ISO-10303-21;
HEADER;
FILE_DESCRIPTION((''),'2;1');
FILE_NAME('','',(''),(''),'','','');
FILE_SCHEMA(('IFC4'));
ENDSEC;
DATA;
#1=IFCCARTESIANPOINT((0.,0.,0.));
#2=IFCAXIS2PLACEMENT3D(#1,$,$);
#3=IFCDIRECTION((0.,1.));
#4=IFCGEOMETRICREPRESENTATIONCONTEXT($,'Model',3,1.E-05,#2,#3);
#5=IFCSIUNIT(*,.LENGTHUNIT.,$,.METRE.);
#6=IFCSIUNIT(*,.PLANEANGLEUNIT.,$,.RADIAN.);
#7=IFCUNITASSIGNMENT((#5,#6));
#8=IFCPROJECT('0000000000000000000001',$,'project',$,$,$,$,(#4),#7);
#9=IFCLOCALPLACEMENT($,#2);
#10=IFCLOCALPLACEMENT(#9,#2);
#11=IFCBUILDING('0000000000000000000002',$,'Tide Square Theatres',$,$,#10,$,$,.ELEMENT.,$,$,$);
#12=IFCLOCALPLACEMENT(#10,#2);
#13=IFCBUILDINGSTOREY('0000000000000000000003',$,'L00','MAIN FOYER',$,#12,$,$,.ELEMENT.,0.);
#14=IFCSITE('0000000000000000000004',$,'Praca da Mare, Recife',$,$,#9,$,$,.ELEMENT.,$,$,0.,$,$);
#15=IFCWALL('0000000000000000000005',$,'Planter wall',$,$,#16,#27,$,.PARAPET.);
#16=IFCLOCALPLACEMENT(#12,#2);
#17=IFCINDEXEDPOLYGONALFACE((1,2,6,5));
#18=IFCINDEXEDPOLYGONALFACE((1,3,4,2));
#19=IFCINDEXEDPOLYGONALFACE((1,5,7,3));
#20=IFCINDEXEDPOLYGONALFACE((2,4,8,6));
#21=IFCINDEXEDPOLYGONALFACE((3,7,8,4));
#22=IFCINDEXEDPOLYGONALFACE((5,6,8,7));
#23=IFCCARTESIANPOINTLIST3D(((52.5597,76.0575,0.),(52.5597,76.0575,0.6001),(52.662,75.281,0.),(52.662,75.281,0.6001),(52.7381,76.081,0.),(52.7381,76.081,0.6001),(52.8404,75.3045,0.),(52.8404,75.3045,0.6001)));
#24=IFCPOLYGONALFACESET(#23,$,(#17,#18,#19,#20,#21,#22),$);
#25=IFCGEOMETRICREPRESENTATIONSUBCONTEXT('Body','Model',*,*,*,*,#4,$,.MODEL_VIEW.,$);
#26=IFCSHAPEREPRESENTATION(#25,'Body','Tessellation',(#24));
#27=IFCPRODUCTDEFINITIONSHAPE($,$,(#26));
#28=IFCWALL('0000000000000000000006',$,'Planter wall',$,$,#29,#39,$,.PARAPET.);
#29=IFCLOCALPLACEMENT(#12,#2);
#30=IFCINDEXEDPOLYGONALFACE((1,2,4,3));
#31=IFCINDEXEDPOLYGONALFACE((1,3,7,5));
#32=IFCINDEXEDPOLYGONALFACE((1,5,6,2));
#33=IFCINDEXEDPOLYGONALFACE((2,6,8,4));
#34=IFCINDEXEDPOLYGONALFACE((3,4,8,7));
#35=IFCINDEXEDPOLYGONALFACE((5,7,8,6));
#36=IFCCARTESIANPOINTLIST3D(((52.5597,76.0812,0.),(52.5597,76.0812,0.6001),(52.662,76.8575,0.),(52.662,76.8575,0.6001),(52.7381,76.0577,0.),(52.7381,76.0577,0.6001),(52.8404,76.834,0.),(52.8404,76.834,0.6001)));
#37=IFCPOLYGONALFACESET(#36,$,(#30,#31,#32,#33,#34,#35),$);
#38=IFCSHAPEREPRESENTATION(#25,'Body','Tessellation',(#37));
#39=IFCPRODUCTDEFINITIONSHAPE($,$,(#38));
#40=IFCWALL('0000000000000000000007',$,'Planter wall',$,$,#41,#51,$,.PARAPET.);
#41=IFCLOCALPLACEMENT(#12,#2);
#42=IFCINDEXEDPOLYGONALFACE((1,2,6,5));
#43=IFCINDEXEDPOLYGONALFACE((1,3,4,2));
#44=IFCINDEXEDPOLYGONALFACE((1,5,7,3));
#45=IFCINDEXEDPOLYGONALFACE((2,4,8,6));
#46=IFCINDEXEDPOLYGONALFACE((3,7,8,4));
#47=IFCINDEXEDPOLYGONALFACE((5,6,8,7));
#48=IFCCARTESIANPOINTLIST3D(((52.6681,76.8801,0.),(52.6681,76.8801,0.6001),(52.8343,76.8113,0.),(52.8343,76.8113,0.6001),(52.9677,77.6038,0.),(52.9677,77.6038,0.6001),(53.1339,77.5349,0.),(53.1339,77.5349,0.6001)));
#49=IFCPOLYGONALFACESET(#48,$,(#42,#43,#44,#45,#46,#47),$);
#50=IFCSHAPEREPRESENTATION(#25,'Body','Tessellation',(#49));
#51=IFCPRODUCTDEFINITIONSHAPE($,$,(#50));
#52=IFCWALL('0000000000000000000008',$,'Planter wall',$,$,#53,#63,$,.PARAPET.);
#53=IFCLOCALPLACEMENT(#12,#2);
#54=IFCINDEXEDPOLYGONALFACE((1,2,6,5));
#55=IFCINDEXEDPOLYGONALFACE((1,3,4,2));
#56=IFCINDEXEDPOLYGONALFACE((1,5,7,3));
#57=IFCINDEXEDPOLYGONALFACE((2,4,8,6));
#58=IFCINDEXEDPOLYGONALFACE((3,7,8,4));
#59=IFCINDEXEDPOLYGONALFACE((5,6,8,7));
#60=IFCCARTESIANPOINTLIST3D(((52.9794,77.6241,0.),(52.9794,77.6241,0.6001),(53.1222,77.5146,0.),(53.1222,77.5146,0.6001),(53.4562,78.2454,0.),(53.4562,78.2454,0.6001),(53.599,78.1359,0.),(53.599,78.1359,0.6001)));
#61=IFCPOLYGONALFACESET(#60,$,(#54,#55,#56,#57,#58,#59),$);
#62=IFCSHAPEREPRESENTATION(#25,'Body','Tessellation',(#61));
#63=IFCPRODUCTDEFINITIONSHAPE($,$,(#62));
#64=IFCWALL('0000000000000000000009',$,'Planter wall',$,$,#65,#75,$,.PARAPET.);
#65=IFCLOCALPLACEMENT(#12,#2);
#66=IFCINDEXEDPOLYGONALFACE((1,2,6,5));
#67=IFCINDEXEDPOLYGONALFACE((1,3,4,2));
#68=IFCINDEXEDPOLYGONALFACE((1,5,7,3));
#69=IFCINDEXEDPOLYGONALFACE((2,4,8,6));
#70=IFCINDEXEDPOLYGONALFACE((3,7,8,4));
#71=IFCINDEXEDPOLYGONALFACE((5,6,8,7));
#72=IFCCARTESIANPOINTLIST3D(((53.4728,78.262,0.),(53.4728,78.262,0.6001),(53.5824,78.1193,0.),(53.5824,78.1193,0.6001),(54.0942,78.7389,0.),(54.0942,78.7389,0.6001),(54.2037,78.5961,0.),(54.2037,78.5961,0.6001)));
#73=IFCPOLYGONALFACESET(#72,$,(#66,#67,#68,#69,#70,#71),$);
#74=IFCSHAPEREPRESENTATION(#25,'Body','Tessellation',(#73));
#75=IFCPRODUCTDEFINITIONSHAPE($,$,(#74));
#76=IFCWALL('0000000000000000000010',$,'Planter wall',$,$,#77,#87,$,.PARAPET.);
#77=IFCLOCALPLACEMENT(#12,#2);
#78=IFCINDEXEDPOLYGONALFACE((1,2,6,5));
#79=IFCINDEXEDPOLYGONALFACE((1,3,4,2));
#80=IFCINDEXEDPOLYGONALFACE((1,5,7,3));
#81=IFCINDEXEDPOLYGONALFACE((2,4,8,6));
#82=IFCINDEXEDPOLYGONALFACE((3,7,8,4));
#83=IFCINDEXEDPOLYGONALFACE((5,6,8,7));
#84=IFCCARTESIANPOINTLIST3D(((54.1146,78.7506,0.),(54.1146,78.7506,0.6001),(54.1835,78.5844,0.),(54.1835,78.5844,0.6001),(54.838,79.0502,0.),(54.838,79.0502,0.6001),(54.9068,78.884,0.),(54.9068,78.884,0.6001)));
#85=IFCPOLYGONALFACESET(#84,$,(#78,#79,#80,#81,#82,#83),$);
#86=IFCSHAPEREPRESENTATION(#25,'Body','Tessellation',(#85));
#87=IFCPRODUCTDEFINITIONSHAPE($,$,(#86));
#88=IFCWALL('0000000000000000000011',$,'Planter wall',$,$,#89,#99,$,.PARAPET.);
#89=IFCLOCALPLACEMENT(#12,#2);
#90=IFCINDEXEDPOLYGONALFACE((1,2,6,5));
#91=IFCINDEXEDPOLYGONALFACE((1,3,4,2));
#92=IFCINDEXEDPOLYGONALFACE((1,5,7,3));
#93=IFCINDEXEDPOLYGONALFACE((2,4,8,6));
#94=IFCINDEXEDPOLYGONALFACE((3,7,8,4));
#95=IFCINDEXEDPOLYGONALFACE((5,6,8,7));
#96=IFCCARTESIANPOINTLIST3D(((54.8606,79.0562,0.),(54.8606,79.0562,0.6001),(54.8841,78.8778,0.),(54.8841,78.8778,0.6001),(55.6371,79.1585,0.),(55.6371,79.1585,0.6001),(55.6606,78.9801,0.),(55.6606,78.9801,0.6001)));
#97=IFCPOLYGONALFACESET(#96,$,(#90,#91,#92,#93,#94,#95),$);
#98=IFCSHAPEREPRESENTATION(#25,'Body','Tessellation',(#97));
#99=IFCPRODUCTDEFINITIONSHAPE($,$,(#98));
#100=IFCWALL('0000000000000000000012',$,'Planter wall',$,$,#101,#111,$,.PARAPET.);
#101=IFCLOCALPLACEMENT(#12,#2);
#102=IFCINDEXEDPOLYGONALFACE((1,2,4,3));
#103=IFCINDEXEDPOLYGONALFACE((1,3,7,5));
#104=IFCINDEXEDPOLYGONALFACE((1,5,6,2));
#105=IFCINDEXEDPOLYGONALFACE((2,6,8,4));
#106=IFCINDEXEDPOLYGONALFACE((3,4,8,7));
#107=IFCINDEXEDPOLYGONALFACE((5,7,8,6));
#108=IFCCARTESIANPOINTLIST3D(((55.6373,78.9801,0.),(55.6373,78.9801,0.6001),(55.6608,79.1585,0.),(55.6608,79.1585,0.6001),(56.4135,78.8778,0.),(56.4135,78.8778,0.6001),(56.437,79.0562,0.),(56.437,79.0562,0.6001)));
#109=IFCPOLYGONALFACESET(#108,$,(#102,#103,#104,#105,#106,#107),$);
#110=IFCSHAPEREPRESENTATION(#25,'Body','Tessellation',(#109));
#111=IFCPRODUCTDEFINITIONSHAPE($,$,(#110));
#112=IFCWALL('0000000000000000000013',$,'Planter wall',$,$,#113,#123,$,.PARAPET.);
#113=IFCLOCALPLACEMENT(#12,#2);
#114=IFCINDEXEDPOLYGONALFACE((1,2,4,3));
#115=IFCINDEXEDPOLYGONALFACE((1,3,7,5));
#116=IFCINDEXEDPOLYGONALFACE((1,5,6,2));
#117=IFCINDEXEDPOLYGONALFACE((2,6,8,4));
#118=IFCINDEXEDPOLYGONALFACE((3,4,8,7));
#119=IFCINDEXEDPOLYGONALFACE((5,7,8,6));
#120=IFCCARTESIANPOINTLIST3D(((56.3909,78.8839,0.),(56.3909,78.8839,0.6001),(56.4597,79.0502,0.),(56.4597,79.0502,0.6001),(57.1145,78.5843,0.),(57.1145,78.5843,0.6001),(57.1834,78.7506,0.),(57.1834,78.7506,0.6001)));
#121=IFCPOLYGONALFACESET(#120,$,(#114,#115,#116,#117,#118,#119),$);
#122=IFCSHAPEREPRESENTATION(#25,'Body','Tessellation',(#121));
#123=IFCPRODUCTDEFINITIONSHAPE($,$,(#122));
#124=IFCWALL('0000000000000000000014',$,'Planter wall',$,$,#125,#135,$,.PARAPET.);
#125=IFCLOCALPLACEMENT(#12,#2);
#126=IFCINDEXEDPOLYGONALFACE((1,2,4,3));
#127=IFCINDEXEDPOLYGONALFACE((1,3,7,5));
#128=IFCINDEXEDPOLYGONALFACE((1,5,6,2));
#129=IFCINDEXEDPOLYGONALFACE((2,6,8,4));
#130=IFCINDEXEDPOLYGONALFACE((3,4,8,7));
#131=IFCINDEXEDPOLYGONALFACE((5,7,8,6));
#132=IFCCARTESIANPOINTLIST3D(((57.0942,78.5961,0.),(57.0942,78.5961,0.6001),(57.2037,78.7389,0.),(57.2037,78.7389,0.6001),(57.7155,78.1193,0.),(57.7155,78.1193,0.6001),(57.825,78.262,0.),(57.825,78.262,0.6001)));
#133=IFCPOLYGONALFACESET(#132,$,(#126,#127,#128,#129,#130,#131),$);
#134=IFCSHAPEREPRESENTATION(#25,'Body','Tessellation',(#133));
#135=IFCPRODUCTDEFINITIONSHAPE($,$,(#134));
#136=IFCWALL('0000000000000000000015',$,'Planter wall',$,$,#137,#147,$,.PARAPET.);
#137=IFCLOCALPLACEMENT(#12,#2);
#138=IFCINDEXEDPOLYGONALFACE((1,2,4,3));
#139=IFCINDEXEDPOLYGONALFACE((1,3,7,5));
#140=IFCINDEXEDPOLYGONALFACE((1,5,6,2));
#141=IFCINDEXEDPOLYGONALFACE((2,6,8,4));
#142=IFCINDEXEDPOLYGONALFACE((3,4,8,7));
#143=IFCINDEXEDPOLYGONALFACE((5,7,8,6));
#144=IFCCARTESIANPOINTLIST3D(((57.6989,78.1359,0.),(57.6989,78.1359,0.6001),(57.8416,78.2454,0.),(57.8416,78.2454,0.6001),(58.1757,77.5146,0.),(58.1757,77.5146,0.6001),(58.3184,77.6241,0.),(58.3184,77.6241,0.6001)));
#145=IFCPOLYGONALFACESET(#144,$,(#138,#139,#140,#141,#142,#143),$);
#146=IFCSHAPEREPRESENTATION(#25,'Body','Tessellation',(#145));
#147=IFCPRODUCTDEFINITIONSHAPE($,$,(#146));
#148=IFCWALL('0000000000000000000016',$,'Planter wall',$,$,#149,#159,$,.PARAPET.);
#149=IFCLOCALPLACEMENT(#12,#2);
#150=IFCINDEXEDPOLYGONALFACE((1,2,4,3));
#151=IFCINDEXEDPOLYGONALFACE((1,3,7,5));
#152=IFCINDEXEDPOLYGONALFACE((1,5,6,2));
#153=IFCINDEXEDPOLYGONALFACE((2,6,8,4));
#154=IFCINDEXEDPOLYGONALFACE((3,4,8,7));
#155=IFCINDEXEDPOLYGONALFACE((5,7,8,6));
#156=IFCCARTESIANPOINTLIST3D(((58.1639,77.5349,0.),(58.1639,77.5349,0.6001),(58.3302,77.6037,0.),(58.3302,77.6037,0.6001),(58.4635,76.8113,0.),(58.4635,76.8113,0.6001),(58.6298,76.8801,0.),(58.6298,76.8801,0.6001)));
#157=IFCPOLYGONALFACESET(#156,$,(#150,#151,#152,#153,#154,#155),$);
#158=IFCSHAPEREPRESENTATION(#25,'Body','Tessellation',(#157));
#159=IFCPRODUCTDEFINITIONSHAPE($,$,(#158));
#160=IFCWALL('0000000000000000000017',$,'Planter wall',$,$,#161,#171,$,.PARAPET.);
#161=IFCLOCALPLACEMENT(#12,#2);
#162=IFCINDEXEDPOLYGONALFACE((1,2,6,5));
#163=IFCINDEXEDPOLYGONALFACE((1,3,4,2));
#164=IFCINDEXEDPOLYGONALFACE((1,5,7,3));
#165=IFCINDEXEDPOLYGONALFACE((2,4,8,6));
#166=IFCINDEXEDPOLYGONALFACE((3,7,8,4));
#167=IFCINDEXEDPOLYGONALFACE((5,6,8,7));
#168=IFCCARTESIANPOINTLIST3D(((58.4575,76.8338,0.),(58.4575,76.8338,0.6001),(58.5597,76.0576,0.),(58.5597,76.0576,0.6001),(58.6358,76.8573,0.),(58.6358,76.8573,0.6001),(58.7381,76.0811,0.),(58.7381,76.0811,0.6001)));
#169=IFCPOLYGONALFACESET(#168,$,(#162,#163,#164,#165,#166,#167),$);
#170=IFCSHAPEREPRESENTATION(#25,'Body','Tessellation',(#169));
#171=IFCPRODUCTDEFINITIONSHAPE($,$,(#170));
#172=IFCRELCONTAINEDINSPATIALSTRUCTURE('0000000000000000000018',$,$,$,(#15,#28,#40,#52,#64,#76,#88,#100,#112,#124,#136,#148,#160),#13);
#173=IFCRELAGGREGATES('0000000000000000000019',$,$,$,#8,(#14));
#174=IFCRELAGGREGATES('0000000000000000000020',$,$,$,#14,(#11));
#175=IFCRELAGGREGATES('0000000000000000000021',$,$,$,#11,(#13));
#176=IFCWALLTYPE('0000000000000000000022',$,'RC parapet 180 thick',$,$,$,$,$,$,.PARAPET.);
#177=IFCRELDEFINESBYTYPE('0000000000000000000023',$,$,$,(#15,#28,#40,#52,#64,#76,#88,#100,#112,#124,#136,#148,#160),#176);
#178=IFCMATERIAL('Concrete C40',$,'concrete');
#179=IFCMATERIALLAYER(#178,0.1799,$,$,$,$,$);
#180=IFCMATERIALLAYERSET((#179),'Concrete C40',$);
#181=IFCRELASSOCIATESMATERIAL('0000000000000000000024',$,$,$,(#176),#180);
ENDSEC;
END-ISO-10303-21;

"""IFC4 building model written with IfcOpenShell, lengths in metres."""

from ifc_helpers import new_model, si_unit, direction, frame, frame_2d, origin, place, context, subcontext, project, spatial, rectangle, extrude, material, layer, layer_set, type_object, element, save


model = new_model("IFC4")

# Units and contexts
model_context = context("Model", 3, precision=1e-05, world=origin(), true_north=direction((0.0, 1.0)))
body_context = subcontext(model_context, "Body", "Model", "MODEL_VIEW")
ifc_project = project(units=[si_unit("LENGTHUNIT", "METRE"), si_unit("PLANEANGLEUNIT", "RADIAN")], contexts=[model_context])

# Site, building, storey
site_placement = place(None, origin())
site = spatial("IfcSite", under=ifc_project, at=site_placement, Name="Praca da Mare, Recife", CompositionType="ELEMENT", RefElevation=0.0)
building_placement = place(site_placement, origin())
building = spatial("IfcBuilding", under=site, at=building_placement, Name="Tide Square Theatres", CompositionType="ELEMENT")
storey_placement = place(building_placement, origin())
storey = spatial("IfcBuildingStorey", under=building, at=storey_placement, Name="L00", Description="MAIN FOYER", CompositionType="ELEMENT", Elevation=0.0)

# Walls
ifc_material_1 = material(Name="Concrete C40", Category="concrete")
ifc_layer = layer(ifc_material_1, 0.1799)
ifc_layer_set = layer_set([ifc_layer], Name="Concrete C40")
wall_type = type_object("IfcWallType", Name="RC parapet 180 thick", PredefinedType="PARAPET", material=ifc_layer_set)
wall_1_placement = place(storey_placement, frame((52.7512, 75.2927, 0.0), z_axis=(0.0, 0.0, 1.0), x_axis=(-0.130592, 0.991436, 0.0)))
element("IfcWall", 1, at=wall_1_placement, inside=storey, type_object=wall_type, Name="Planter wall", PredefinedType="PARAPET", context=body_context, shape_type="SweptSolid", body=[
    extrude(rectangle(XDim=0.7832, YDim=0.1799, at=frame_2d((0.3916, 0.0))), origin(), (0.0, 0.0, 1.0), 0.6001),
])
wall_2_placement = place(storey_placement, frame((52.6489, 76.0693, 0.0), z_axis=(0.0, 0.0, 1.0), x_axis=(0.130632, 0.991431, 0.0)))
element("IfcWall", 2, at=wall_2_placement, inside=storey, type_object=wall_type, Name="Planter wall", PredefinedType="PARAPET", context=body_context, shape_type="SweptSolid", body=[
    extrude(rectangle(XDim=0.783, YDim=0.1799, at=frame_2d((0.3916, 0.0))), origin(), (0.0, 0.0, 1.0), 0.6001),
])
for number, where, z_axis, x_axis, name in (
    (3, (52.7512, 76.8457, 0.0), (0.0, 0.0, 1.0), (0.382489, 0.92396, 0.0), "Planter wall"),
    (4, (53.0508, 77.5693, 0.0), (0.0, 0.0, 1.0), (0.608791, 0.79333, 0.0), "Planter wall"),
    (5, (53.5276, 78.1907, 0.0), (0.0, 0.0, 1.0), (0.79333, 0.608791, 0.0), "Planter wall"),
):
    element("IfcWall", number, at=place(storey_placement, frame(where, z_axis=z_axis, x_axis=x_axis)), inside=storey, type_object=wall_type, Name=name, PredefinedType="PARAPET", context=body_context, shape_type="SweptSolid", body=[
        extrude(rectangle(XDim=0.7832, YDim=0.1799, at=frame_2d((0.3916, 0.0))), origin(), (0.0, 0.0, 1.0), 0.6001),
    ])
wall_3_placement = place(storey_placement, frame((54.1489, 78.6675, 0.0), z_axis=(0.0, 0.0, 1.0), x_axis=(0.923914, 0.3826, 0.0)))
element("IfcWall", 6, at=wall_3_placement, inside=storey, type_object=wall_type, Name="Planter wall", PredefinedType="PARAPET", context=body_context, shape_type="SweptSolid", body=[
    extrude(rectangle(XDim=0.783, YDim=0.1799, at=frame_2d((0.3916, 0.0))), origin(), (0.0, 0.0, 1.0), 0.6001),
])
wall_4_placement = place(storey_placement, frame((54.8723, 78.967, 0.0), z_axis=(0.0, 0.0, 1.0), x_axis=(0.991436, 0.130592, 0.0)))
element("IfcWall", 7, at=wall_4_placement, inside=storey, type_object=wall_type, Name="Planter wall", PredefinedType="PARAPET", context=body_context, shape_type="SweptSolid", body=[
    extrude(rectangle(XDim=0.7832, YDim=0.1799, at=frame_2d((0.3916, 0.0))), origin(), (0.0, 0.0, 1.0), 0.6001),
])
wall_5_placement = place(storey_placement, frame((55.6489, 79.0693, 0.0), z_axis=(0.0, 0.0, 1.0), x_axis=(0.991431, -0.130632, 0.0)))
element("IfcWall", 8, at=wall_5_placement, inside=storey, type_object=wall_type, Name="Planter wall", PredefinedType="PARAPET", context=body_context, shape_type="SweptSolid", body=[
    extrude(rectangle(XDim=0.783, YDim=0.1799, at=frame_2d((0.3916, 0.0))), origin(), (0.0, 0.0, 1.0), 0.6001),
])
for number, where, z_axis, x_axis, name in (
    (9, (56.4253, 78.967, 0.0), (0.0, 0.0, 1.0), (0.92396, -0.382489, 0.0), "Planter wall"),
    (10, (57.1489, 78.6675, 0.0), (0.0, 0.0, 1.0), (0.79333, -0.608791, 0.0), "Planter wall"),
    (11, (57.7703, 78.1907, 0.0), (0.0, 0.0, 1.0), (0.608791, -0.79333, 0.0), "Planter wall"),
    (12, (58.2471, 77.5693, 0.0), (0.0, 0.0, 1.0), (0.382489, -0.92396, 0.0), "Planter wall"),
):
    element("IfcWall", number, at=place(storey_placement, frame(where, z_axis=z_axis, x_axis=x_axis)), inside=storey, type_object=wall_type, Name=name, PredefinedType="PARAPET", context=body_context, shape_type="SweptSolid", body=[
        extrude(rectangle(XDim=0.7832, YDim=0.1799, at=frame_2d((0.3916, 0.0))), origin(), (0.0, 0.0, 1.0), 0.6001),
    ])
wall_6_placement = place(storey_placement, frame((58.5466, 76.8457, 0.0), z_axis=(0.0, 0.0, 1.0), x_axis=(0.130632, -0.991431, 0.0)))
element("IfcWall", 13, at=wall_6_placement, inside=storey, type_object=wall_type, Name="Planter wall", PredefinedType="PARAPET", context=body_context, shape_type="SweptSolid", body=[
    extrude(rectangle(XDim=0.783, YDim=0.1799, at=frame_2d((0.3916, 0.0))), origin(), (0.0, 0.0, 1.0), 0.6001),
])

save(model, "model.ifc")
